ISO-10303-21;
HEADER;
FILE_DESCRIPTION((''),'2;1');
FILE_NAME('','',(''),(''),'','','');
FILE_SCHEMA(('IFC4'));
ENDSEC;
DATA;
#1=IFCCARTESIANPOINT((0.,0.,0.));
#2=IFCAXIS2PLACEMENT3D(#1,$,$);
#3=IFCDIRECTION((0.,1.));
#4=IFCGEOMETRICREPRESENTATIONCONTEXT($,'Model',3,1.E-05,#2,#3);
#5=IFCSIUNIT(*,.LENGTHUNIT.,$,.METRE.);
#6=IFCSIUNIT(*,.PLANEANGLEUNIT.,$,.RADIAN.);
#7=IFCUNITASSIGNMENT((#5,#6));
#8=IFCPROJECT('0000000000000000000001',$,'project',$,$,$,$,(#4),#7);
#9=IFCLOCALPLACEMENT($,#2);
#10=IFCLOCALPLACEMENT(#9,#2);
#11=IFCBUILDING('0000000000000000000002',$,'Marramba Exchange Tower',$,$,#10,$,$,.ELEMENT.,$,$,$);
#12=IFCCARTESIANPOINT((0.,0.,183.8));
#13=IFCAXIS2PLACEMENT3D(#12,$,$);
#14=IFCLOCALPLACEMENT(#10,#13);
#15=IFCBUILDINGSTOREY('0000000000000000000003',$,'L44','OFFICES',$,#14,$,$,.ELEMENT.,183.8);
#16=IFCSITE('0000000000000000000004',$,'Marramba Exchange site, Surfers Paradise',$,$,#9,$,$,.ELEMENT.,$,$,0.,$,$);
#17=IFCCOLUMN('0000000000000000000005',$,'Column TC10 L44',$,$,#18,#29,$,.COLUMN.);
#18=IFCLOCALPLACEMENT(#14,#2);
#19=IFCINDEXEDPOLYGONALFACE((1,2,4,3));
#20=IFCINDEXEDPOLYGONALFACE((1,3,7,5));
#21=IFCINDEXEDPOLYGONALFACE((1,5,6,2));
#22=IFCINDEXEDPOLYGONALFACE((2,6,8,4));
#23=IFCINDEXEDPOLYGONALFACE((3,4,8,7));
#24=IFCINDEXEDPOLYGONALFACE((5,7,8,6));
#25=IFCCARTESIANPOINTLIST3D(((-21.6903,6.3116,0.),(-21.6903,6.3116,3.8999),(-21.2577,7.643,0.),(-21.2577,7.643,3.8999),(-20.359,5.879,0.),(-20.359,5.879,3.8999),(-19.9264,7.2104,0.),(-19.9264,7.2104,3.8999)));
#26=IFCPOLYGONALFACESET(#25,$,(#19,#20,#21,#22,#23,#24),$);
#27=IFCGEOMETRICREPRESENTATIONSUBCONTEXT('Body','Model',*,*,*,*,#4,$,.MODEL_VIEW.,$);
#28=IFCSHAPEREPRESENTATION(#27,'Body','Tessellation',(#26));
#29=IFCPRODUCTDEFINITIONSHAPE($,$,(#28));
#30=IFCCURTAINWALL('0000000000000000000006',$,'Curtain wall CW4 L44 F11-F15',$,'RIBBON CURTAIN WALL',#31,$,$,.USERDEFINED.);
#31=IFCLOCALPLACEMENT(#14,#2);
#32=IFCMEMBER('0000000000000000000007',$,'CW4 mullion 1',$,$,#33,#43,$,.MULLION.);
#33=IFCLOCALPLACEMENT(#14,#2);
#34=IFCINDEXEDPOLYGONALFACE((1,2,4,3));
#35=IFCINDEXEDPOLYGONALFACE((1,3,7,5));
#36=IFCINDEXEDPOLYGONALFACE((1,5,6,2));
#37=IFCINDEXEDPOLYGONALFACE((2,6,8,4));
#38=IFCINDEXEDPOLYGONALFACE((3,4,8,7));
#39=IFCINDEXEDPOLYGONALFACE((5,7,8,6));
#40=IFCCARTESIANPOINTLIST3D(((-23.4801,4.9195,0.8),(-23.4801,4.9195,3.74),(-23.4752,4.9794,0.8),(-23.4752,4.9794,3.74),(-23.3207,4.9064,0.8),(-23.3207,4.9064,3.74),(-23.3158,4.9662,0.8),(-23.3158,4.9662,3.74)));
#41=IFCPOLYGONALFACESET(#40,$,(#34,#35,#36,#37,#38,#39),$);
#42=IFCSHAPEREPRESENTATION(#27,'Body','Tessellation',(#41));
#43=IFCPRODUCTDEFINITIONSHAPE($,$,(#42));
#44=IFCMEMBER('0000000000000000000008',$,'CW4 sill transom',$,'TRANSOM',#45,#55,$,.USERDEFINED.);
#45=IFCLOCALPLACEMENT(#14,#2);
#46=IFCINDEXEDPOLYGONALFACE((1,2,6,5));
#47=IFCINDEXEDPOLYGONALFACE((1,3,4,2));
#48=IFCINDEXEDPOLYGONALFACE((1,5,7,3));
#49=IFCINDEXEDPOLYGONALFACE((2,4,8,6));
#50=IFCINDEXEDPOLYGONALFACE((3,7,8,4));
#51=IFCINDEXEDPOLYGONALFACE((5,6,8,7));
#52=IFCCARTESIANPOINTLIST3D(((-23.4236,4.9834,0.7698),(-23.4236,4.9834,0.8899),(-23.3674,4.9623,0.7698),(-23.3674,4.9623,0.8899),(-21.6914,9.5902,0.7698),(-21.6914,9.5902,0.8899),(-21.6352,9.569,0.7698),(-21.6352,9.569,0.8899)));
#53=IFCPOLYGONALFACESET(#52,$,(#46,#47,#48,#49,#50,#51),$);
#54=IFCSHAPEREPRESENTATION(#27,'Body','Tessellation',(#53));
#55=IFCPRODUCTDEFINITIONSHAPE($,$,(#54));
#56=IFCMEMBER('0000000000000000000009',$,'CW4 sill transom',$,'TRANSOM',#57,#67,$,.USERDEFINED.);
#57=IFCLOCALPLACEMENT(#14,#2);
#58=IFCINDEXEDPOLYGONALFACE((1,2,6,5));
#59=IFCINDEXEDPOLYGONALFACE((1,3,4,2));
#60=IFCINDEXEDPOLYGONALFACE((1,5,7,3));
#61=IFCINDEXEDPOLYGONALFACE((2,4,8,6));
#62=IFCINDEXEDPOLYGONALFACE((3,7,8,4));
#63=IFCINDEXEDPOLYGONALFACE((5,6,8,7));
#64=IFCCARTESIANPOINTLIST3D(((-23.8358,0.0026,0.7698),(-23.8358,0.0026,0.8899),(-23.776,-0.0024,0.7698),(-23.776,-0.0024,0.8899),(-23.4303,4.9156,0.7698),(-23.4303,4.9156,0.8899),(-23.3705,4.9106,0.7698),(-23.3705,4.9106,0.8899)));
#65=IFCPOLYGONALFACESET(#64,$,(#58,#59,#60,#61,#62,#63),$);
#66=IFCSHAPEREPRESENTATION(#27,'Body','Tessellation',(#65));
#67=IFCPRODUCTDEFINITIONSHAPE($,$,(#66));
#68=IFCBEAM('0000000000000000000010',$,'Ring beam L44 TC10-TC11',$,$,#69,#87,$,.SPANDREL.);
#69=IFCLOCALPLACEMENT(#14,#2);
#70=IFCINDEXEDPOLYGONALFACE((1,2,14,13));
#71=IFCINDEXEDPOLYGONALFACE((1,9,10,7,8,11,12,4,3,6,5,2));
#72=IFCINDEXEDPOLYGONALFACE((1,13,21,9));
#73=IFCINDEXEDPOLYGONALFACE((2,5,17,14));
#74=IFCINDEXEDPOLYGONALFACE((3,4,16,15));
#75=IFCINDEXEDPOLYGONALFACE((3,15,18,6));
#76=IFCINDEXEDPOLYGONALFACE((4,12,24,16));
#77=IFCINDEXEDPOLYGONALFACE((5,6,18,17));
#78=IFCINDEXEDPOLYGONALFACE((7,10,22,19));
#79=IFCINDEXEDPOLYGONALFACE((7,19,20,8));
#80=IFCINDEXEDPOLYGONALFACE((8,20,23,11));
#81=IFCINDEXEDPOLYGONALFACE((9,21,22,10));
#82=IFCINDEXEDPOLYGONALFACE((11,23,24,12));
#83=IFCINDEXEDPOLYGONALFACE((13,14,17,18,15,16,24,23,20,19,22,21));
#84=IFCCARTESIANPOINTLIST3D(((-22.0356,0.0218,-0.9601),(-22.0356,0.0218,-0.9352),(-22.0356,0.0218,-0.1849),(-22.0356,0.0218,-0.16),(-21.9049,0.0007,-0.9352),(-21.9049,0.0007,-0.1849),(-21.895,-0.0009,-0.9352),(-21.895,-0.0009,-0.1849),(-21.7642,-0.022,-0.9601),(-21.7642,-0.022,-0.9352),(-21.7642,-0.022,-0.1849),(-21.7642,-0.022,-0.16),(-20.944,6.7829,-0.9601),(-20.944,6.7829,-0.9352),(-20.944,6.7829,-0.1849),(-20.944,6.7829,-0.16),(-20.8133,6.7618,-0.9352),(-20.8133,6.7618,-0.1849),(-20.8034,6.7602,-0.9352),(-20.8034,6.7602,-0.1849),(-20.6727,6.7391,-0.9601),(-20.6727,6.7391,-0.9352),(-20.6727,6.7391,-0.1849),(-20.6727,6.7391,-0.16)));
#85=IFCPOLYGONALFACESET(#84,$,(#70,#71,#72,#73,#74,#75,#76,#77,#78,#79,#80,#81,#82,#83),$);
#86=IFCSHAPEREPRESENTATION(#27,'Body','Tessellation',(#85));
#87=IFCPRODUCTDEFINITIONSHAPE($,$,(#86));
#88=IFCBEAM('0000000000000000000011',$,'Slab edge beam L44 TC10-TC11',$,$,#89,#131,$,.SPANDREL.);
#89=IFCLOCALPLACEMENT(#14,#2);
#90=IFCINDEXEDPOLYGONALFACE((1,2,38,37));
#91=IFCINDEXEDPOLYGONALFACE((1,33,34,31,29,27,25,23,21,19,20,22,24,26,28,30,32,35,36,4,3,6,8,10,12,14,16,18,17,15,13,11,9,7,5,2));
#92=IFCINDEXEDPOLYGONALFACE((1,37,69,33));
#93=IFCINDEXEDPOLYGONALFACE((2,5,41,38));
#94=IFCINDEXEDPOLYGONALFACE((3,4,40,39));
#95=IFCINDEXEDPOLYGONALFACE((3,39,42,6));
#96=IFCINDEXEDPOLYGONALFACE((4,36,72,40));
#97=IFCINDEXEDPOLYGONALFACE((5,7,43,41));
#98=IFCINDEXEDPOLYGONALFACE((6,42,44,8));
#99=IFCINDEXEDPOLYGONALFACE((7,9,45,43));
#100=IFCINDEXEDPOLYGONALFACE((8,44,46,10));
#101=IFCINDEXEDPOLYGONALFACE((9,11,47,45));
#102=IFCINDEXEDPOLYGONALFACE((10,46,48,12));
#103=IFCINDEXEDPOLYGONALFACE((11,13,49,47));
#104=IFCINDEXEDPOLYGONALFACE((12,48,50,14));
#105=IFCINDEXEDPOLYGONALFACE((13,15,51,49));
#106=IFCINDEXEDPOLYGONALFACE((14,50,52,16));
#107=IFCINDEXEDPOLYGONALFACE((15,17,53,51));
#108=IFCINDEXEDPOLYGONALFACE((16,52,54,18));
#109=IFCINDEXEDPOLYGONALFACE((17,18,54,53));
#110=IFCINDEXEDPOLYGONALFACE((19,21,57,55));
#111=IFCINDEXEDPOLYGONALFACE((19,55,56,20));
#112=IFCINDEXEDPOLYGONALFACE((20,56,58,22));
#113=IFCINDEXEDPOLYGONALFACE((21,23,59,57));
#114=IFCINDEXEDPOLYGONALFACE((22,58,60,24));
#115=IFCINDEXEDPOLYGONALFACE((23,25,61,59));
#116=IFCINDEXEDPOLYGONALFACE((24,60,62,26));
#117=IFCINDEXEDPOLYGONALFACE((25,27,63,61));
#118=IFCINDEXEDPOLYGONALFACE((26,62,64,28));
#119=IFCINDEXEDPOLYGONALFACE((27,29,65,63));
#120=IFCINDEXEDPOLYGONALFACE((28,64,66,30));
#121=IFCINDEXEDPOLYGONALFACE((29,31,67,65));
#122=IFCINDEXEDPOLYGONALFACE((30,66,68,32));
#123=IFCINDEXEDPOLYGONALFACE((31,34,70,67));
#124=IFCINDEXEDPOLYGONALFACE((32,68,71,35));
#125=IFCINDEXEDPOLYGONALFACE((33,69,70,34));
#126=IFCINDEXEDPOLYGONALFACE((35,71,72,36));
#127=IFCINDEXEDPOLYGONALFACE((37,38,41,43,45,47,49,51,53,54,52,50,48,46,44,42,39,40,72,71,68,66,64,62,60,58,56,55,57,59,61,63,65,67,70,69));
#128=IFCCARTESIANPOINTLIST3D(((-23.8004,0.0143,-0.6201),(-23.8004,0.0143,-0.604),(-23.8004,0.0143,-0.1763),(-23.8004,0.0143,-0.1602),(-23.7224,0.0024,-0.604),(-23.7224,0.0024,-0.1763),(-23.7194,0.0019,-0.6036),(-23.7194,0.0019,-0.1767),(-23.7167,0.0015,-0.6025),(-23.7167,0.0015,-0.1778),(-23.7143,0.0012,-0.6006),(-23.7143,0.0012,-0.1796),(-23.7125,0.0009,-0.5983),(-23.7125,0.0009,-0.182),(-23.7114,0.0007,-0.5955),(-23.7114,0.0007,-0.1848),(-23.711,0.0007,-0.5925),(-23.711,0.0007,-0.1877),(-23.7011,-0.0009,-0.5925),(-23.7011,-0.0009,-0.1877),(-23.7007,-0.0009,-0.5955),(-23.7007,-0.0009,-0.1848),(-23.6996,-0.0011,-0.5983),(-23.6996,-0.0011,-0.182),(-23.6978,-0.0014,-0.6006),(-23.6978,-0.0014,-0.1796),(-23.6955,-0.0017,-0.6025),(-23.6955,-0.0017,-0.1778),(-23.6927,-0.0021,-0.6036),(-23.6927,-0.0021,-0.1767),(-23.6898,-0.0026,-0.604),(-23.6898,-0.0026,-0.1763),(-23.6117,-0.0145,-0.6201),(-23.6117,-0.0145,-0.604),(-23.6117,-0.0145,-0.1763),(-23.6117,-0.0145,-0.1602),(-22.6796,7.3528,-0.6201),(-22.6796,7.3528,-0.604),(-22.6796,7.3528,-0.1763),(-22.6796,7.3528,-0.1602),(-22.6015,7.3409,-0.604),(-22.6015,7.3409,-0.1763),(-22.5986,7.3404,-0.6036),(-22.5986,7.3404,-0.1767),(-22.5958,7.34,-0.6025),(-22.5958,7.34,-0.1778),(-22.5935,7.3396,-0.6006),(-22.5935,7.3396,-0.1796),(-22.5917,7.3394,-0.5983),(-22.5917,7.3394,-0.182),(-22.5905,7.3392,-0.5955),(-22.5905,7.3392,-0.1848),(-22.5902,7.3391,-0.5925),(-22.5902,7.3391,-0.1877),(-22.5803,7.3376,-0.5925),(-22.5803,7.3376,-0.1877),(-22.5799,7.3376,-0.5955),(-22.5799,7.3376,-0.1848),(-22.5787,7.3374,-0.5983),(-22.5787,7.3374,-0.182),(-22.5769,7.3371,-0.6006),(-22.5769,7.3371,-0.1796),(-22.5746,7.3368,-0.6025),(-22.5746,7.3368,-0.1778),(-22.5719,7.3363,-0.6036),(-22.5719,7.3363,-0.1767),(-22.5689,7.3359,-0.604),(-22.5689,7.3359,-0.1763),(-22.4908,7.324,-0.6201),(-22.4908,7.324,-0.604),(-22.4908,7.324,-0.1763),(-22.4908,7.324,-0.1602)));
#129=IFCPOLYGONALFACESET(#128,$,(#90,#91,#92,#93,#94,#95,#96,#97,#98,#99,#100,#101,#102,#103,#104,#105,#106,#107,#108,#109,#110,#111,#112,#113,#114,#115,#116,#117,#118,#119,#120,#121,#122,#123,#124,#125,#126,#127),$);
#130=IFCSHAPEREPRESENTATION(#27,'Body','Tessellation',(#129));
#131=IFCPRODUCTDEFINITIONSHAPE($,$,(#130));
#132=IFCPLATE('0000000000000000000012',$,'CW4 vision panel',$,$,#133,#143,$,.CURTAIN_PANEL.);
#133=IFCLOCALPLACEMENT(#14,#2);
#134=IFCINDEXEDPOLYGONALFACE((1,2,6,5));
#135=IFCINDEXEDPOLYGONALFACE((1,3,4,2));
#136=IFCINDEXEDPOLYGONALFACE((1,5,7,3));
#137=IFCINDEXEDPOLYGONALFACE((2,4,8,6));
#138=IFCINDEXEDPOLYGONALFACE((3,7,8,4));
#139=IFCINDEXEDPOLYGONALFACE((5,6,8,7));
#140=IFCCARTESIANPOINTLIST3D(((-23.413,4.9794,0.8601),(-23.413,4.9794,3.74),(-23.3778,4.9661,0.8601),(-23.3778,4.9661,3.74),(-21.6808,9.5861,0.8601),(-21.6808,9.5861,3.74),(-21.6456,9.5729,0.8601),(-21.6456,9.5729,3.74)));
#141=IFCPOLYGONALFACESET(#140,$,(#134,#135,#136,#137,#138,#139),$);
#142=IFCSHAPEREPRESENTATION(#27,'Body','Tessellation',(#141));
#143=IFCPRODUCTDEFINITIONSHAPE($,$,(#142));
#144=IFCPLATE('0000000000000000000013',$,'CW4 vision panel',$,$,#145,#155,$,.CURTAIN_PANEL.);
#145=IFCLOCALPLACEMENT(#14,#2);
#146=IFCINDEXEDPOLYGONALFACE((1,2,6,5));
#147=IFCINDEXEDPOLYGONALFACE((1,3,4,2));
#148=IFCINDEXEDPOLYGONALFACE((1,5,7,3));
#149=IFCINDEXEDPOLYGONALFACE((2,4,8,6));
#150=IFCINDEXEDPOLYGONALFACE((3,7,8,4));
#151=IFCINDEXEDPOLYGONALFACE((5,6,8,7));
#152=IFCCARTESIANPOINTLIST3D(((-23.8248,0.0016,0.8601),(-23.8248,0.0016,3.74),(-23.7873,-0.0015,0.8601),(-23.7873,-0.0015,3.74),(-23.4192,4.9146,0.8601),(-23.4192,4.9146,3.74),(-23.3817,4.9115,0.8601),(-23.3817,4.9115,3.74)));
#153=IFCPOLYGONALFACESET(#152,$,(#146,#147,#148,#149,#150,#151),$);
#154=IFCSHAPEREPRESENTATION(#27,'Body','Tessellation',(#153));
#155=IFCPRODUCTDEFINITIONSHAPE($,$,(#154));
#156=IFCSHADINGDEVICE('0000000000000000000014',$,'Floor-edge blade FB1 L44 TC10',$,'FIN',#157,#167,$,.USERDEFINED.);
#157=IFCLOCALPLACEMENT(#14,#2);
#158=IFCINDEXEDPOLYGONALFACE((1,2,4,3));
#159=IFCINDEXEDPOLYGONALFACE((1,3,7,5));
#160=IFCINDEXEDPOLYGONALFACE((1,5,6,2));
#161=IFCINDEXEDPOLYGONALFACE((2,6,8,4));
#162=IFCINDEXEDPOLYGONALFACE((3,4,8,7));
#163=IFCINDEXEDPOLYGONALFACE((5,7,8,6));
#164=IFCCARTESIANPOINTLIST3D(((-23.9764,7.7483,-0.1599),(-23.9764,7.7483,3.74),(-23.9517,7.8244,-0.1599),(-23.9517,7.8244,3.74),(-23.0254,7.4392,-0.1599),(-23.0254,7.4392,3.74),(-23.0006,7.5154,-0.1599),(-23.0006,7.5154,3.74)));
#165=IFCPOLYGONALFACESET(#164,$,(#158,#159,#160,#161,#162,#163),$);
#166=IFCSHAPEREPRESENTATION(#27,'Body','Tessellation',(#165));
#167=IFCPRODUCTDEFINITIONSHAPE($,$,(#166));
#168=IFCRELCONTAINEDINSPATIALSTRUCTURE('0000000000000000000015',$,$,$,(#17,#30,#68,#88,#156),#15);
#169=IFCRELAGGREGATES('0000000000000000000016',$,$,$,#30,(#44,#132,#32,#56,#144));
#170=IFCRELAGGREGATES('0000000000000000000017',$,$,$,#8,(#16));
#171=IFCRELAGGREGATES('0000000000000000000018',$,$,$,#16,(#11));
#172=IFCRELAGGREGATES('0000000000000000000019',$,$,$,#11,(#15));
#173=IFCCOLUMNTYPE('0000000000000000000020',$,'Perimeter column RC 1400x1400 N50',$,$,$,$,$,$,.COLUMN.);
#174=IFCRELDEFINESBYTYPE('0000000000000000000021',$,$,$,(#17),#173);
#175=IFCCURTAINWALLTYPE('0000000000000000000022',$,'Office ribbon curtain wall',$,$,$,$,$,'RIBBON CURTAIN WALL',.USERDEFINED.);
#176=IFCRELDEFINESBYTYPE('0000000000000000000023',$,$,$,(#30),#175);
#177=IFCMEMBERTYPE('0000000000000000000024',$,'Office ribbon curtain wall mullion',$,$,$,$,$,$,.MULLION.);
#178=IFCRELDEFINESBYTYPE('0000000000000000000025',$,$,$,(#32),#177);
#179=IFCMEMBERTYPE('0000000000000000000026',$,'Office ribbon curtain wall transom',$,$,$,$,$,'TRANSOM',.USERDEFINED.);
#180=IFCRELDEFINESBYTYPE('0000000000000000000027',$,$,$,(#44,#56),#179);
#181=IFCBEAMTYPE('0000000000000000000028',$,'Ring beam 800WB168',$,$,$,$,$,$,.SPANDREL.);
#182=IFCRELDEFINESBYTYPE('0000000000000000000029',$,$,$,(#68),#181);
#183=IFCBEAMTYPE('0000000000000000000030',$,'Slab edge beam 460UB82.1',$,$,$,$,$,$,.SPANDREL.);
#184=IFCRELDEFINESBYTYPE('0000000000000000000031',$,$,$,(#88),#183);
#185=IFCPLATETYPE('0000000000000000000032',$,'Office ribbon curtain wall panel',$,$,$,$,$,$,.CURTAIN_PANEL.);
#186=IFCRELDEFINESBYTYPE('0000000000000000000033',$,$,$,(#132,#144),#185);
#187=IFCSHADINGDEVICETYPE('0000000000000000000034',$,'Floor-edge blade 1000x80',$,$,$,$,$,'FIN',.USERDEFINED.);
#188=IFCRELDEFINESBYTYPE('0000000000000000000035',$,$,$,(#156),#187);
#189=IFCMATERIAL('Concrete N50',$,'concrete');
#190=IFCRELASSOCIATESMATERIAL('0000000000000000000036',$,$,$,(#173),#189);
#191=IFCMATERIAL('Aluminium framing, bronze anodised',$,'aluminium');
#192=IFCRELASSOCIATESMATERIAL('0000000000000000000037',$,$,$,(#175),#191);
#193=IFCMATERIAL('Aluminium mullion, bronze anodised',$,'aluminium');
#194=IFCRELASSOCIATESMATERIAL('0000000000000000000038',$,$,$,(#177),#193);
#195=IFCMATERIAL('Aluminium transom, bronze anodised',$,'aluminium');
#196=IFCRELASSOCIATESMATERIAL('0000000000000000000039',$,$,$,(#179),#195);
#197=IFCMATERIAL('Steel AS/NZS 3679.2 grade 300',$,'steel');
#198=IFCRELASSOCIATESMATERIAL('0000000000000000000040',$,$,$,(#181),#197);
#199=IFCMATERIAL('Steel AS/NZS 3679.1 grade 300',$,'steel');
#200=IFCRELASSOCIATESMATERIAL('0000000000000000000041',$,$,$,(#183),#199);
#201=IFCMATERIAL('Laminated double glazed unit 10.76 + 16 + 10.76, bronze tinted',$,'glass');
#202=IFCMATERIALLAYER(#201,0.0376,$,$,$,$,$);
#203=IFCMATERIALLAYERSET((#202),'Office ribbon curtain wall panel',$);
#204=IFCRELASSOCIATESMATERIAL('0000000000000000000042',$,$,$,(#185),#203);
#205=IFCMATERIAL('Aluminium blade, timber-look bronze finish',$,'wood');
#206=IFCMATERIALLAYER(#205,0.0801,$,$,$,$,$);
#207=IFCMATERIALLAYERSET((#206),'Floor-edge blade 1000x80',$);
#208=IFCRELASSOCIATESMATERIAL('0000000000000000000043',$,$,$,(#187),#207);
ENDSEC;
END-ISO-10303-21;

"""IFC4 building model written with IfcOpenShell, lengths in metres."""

from ifc_helpers import new_model, si_unit, direction, frame, origin, origin_2d, place, context, subcontext, project, spatial, rectangle, i_section, extrude, material, layer, layer_set, material_profile, profile_set, type_object, element, aggregate, save


model = new_model("IFC4")

# Units and contexts
model_context = context("Model", 3, precision=1e-05, world=origin(), true_north=direction((0.0, 1.0)))
body_context = subcontext(model_context, "Body", "Model", "MODEL_VIEW")
ifc_project = project(units=[si_unit("LENGTHUNIT", "METRE"), si_unit("PLANEANGLEUNIT", "RADIAN")], contexts=[model_context])

# Site, building, storey
site_placement = place(None, origin())
site = spatial("IfcSite", under=ifc_project, at=site_placement, Name="Marramba Exchange site, Surfers Paradise", CompositionType="ELEMENT", RefElevation=0.0)
building_placement = place(site_placement, origin())
building = spatial("IfcBuilding", under=site, at=building_placement, Name="Marramba Exchange Tower", CompositionType="ELEMENT")
storey_placement = place(building_placement, frame((0.0, 0.0, 183.8)))
storey = spatial("IfcBuildingStorey", under=building, at=storey_placement, Name="L44", Description="OFFICES", CompositionType="ELEMENT", Elevation=183.8)

# Column
ifc_material_1 = material(Name="Concrete N50", Category="concrete")
ifc_material_profile_1 = material_profile(ifc_material_1, rectangle(XDim=1.3999, YDim=1.3999, at=origin_2d()), Name="RC 1400x1400")
ifc_profile_set_1 = profile_set([ifc_material_profile_1], Name="Concrete N50")
column_type = type_object("IfcColumnType", Name="Perimeter column RC 1400x1400 N50", PredefinedType="COLUMN", material=ifc_profile_set_1)
column_placement = place(storey_placement, frame((-20.8083, 6.761, 0.0), z_axis=(0.0, 0.0, 1.0), x_axis=(-0.951057, 0.309017, 0.0)))
element("IfcColumn", 1, at=column_placement, inside=storey, type_object=column_type, Name="Column TC10 L44", PredefinedType="COLUMN", context=body_context, shape_type="SweptSolid", body=[
    extrude(rectangle(XDim=1.3999, YDim=1.3999, at=origin_2d()), origin(), (0.0, 0.0, 1.0), 3.8999),
])

# Curtain wall, members
ifc_material_2 = material(Name="Aluminium framing, bronze anodised", Category="aluminium")
curtain_wall_type = type_object("IfcCurtainWallType", Name="Office ribbon curtain wall", ElementType="RIBBON CURTAIN WALL", PredefinedType="USERDEFINED", material=ifc_material_2)
curtain_wall_placement = place(storey_placement, origin())
curtain_wall = element("IfcCurtainWall", 2, at=curtain_wall_placement, inside=storey, type_object=curtain_wall_type, Name="Curtain wall CW4 L44 F11-F15", ObjectType="RIBBON CURTAIN WALL", PredefinedType="USERDEFINED")
ifc_material_3 = material(Name="Aluminium mullion, bronze anodised", Category="aluminium")
ifc_material_profile_2 = material_profile(ifc_material_3, rectangle(XDim=0.1599, YDim=0.0601, at=origin_2d()), Name="CW4 mullion 60x160")
ifc_profile_set_2 = profile_set([ifc_material_profile_2], Name="Aluminium mullion, bronze anodised")
member_type_1 = type_object("IfcMemberType", Name="Office ribbon curtain wall mullion", PredefinedType="MULLION", material=ifc_profile_set_2)
member_1_placement = place(storey_placement, frame((-23.3979, 4.9429, 0.8), z_axis=(0.0, 0.0, 1.0), x_axis=(0.996609, -0.082281, 0.0)))
member_1 = element("IfcMember", 3, at=member_1_placement, type_object=member_type_1, Name="CW4 mullion 1", PredefinedType="MULLION", context=body_context, shape_type="SweptSolid", body=[
    extrude(rectangle(XDim=0.1599, YDim=0.0601, at=origin_2d()), origin(), (0.0, 0.0, 1.0), 2.9399),
])
ifc_material_4 = material(Name="Aluminium transom, bronze anodised", Category="aluminium")
ifc_material_profile_3 = material_profile(ifc_material_4, rectangle(XDim=0.0601, YDim=0.1201, at=origin_2d()), Name="CW4 transom 60x120")
ifc_profile_set_3 = profile_set([ifc_material_profile_3], Name="Aluminium transom, bronze anodised")
member_type_2 = type_object("IfcMemberType", Name="Office ribbon curtain wall transom", ElementType="TRANSOM", PredefinedType="USERDEFINED", material=ifc_profile_set_3)
member_2_placement = place(storey_placement, frame((-21.6633, 9.5796, 0.8298), z_axis=(-0.351955, -0.936017, 0.0), x_axis=(0.936017, -0.351955, 0.0)))
member_2 = element("IfcMember", 4, at=member_2_placement, type_object=member_type_2, Name="CW4 sill transom", ObjectType="TRANSOM", PredefinedType="USERDEFINED", context=body_context, shape_type="SweptSolid", body=[
    extrude(rectangle(XDim=0.0601, YDim=0.1201, at=origin_2d()), origin(), (0.0, 0.0, 1.0), 4.9216),
])
member_3_placement = place(storey_placement, frame((-23.4004, 4.9131, 0.8298), z_axis=(-0.082259, -0.996611, 0.0), x_axis=(0.996611, -0.082259, 0.0)))
member_3 = element("IfcMember", 5, at=member_3_placement, type_object=member_type_2, Name="CW4 sill transom", ObjectType="TRANSOM", PredefinedType="USERDEFINED", context=body_context, shape_type="SweptSolid", body=[
    extrude(rectangle(XDim=0.0601, YDim=0.1201, at=origin_2d()), origin(), (0.0, 0.0, 1.0), 4.9297),
])

# Beams
ifc_material_5 = material(Name="Steel AS/NZS 3679.2 grade 300", Category="steel")
ifc_material_profile_4 = material_profile(ifc_material_5, i_section(OverallWidth=0.2749, OverallDepth=0.8, WebThickness=0.01, FlangeThickness=0.0249, at=origin_2d()), Name="800WB168")
ifc_profile_set_4 = profile_set([ifc_material_profile_4], Name="Steel AS/NZS 3679.2 grade 300")
beam_type_1 = type_object("IfcBeamType", Name="Ring beam 800WB168", PredefinedType="SPANDREL", material=ifc_profile_set_4)
beam_1_placement = place(storey_placement, frame((-20.8083, 6.761, -0.5601), z_axis=(-0.159385, -0.987217, 0.0), x_axis=(0.987217, -0.159385, 0.0)))
element("IfcBeam", 6, at=beam_1_placement, inside=storey, type_object=beam_type_1, Name="Ring beam L44 TC10-TC11", PredefinedType="SPANDREL", context=body_context, shape_type="SweptSolid", body=[
    extrude(i_section(OverallWidth=0.2749, OverallDepth=0.8, WebThickness=0.01, FlangeThickness=0.0249, at=origin_2d()), origin(), (0.0, 0.0, 1.0), 6.8486),
])
ifc_material_6 = material(Name="Steel AS/NZS 3679.1 grade 300", Category="steel")
ifc_material_profile_5 = material_profile(ifc_material_6, i_section(OverallWidth=0.1909, OverallDepth=0.46, WebThickness=0.01, FlangeThickness=0.0161, FilletRadius=0.0115, at=origin_2d()), Name="460UB82.1")
ifc_profile_set_5 = profile_set([ifc_material_profile_5], Name="Steel AS/NZS 3679.1 grade 300")
beam_type_2 = type_object("IfcBeamType", Name="Slab edge beam 460UB82.1", PredefinedType="SPANDREL", material=ifc_profile_set_5)
beam_2_placement = place(storey_placement, frame((-22.5852, 7.3384, -0.3901), z_axis=(-0.150987, -0.988536, 0.0), x_axis=(0.988536, -0.150987, 0.0)))
element("IfcBeam", 7, at=beam_2_placement, inside=storey, type_object=beam_type_2, Name="Slab edge beam L44 TC10-TC11", PredefinedType="SPANDREL", context=body_context, shape_type="SweptSolid", body=[
    extrude(i_section(OverallWidth=0.1909, OverallDepth=0.46, WebThickness=0.01, FlangeThickness=0.0161, FilletRadius=0.0115, at=origin_2d()), origin(), (0.0, 0.0, 1.0), 7.4236),
])

# Plates
ifc_material_7 = material(Name="Laminated double glazed unit 10.76 + 16 + 10.76, bronze tinted", Category="glass")
ifc_layer_1 = layer(ifc_material_7, 0.0376)
ifc_layer_set_1 = layer_set([ifc_layer_1], Name="Office ribbon curtain wall panel")
plate_type = type_object("IfcPlateType", Name="Office ribbon curtain wall panel", PredefinedType="CURTAIN_PANEL", material=ifc_layer_set_1)
plate_1_placement = place(storey_placement, frame((-22.5293, 7.2761, 0.8601), z_axis=(0.0, 0.0, 1.0), x_axis=(-0.351952, -0.936018, 0.0)))
plate_1 = element("IfcPlate", 8, at=plate_1_placement, type_object=plate_type, Name="CW4 vision panel", PredefinedType="CURTAIN_PANEL", context=body_context, shape_type="SweptSolid", body=[
    extrude(rectangle(XDim=4.9216, YDim=0.0376, at=origin_2d()), origin(), (0.0, 0.0, 1.0), 2.8799),
])
plate_2_placement = place(storey_placement, frame((-23.6033, 2.4565, 0.8601), z_axis=(0.0, 0.0, 1.0), x_axis=(-0.082281, -0.996609, 0.0)))
plate_2 = element("IfcPlate", 9, at=plate_2_placement, type_object=plate_type, Name="CW4 vision panel", PredefinedType="CURTAIN_PANEL", context=body_context, shape_type="SweptSolid", body=[
    extrude(rectangle(XDim=4.9297, YDim=0.0376, at=origin_2d()), origin(), (0.0, 0.0, 1.0), 2.8799),
])
aggregate(curtain_wall, [member_2, plate_1, member_1, member_3, plate_2])

# Shading device
ifc_material_8 = material(Name="Aluminium blade, timber-look bronze finish", Category="wood")
ifc_layer_2 = layer(ifc_material_8, 0.0801)
ifc_layer_set_2 = layer_set([ifc_layer_2], Name="Floor-edge blade 1000x80")
shading_device_type_1 = type_object("IfcShadingDeviceType", Name="Floor-edge blade 1000x80", ElementType="FIN", PredefinedType="USERDEFINED", material=ifc_layer_set_2)
shading_device_1_placement = place(storey_placement, frame((-23.4885, 7.6318, -0.1599), z_axis=(0.0, 0.0, 1.0), x_axis=(-0.951057, 0.309017, 0.0)))
element("IfcShadingDevice", 10, at=shading_device_1_placement, inside=storey, type_object=shading_device_type_1, Name="Floor-edge blade FB1 L44 TC10", ObjectType="FIN", PredefinedType="USERDEFINED", context=body_context, shape_type="SweptSolid", body=[
    extrude(rectangle(XDim=1.0, YDim=0.0801, at=origin_2d()), origin(), (0.0, 0.0, 1.0), 3.8999),
])

save(model, "model.ifc")
